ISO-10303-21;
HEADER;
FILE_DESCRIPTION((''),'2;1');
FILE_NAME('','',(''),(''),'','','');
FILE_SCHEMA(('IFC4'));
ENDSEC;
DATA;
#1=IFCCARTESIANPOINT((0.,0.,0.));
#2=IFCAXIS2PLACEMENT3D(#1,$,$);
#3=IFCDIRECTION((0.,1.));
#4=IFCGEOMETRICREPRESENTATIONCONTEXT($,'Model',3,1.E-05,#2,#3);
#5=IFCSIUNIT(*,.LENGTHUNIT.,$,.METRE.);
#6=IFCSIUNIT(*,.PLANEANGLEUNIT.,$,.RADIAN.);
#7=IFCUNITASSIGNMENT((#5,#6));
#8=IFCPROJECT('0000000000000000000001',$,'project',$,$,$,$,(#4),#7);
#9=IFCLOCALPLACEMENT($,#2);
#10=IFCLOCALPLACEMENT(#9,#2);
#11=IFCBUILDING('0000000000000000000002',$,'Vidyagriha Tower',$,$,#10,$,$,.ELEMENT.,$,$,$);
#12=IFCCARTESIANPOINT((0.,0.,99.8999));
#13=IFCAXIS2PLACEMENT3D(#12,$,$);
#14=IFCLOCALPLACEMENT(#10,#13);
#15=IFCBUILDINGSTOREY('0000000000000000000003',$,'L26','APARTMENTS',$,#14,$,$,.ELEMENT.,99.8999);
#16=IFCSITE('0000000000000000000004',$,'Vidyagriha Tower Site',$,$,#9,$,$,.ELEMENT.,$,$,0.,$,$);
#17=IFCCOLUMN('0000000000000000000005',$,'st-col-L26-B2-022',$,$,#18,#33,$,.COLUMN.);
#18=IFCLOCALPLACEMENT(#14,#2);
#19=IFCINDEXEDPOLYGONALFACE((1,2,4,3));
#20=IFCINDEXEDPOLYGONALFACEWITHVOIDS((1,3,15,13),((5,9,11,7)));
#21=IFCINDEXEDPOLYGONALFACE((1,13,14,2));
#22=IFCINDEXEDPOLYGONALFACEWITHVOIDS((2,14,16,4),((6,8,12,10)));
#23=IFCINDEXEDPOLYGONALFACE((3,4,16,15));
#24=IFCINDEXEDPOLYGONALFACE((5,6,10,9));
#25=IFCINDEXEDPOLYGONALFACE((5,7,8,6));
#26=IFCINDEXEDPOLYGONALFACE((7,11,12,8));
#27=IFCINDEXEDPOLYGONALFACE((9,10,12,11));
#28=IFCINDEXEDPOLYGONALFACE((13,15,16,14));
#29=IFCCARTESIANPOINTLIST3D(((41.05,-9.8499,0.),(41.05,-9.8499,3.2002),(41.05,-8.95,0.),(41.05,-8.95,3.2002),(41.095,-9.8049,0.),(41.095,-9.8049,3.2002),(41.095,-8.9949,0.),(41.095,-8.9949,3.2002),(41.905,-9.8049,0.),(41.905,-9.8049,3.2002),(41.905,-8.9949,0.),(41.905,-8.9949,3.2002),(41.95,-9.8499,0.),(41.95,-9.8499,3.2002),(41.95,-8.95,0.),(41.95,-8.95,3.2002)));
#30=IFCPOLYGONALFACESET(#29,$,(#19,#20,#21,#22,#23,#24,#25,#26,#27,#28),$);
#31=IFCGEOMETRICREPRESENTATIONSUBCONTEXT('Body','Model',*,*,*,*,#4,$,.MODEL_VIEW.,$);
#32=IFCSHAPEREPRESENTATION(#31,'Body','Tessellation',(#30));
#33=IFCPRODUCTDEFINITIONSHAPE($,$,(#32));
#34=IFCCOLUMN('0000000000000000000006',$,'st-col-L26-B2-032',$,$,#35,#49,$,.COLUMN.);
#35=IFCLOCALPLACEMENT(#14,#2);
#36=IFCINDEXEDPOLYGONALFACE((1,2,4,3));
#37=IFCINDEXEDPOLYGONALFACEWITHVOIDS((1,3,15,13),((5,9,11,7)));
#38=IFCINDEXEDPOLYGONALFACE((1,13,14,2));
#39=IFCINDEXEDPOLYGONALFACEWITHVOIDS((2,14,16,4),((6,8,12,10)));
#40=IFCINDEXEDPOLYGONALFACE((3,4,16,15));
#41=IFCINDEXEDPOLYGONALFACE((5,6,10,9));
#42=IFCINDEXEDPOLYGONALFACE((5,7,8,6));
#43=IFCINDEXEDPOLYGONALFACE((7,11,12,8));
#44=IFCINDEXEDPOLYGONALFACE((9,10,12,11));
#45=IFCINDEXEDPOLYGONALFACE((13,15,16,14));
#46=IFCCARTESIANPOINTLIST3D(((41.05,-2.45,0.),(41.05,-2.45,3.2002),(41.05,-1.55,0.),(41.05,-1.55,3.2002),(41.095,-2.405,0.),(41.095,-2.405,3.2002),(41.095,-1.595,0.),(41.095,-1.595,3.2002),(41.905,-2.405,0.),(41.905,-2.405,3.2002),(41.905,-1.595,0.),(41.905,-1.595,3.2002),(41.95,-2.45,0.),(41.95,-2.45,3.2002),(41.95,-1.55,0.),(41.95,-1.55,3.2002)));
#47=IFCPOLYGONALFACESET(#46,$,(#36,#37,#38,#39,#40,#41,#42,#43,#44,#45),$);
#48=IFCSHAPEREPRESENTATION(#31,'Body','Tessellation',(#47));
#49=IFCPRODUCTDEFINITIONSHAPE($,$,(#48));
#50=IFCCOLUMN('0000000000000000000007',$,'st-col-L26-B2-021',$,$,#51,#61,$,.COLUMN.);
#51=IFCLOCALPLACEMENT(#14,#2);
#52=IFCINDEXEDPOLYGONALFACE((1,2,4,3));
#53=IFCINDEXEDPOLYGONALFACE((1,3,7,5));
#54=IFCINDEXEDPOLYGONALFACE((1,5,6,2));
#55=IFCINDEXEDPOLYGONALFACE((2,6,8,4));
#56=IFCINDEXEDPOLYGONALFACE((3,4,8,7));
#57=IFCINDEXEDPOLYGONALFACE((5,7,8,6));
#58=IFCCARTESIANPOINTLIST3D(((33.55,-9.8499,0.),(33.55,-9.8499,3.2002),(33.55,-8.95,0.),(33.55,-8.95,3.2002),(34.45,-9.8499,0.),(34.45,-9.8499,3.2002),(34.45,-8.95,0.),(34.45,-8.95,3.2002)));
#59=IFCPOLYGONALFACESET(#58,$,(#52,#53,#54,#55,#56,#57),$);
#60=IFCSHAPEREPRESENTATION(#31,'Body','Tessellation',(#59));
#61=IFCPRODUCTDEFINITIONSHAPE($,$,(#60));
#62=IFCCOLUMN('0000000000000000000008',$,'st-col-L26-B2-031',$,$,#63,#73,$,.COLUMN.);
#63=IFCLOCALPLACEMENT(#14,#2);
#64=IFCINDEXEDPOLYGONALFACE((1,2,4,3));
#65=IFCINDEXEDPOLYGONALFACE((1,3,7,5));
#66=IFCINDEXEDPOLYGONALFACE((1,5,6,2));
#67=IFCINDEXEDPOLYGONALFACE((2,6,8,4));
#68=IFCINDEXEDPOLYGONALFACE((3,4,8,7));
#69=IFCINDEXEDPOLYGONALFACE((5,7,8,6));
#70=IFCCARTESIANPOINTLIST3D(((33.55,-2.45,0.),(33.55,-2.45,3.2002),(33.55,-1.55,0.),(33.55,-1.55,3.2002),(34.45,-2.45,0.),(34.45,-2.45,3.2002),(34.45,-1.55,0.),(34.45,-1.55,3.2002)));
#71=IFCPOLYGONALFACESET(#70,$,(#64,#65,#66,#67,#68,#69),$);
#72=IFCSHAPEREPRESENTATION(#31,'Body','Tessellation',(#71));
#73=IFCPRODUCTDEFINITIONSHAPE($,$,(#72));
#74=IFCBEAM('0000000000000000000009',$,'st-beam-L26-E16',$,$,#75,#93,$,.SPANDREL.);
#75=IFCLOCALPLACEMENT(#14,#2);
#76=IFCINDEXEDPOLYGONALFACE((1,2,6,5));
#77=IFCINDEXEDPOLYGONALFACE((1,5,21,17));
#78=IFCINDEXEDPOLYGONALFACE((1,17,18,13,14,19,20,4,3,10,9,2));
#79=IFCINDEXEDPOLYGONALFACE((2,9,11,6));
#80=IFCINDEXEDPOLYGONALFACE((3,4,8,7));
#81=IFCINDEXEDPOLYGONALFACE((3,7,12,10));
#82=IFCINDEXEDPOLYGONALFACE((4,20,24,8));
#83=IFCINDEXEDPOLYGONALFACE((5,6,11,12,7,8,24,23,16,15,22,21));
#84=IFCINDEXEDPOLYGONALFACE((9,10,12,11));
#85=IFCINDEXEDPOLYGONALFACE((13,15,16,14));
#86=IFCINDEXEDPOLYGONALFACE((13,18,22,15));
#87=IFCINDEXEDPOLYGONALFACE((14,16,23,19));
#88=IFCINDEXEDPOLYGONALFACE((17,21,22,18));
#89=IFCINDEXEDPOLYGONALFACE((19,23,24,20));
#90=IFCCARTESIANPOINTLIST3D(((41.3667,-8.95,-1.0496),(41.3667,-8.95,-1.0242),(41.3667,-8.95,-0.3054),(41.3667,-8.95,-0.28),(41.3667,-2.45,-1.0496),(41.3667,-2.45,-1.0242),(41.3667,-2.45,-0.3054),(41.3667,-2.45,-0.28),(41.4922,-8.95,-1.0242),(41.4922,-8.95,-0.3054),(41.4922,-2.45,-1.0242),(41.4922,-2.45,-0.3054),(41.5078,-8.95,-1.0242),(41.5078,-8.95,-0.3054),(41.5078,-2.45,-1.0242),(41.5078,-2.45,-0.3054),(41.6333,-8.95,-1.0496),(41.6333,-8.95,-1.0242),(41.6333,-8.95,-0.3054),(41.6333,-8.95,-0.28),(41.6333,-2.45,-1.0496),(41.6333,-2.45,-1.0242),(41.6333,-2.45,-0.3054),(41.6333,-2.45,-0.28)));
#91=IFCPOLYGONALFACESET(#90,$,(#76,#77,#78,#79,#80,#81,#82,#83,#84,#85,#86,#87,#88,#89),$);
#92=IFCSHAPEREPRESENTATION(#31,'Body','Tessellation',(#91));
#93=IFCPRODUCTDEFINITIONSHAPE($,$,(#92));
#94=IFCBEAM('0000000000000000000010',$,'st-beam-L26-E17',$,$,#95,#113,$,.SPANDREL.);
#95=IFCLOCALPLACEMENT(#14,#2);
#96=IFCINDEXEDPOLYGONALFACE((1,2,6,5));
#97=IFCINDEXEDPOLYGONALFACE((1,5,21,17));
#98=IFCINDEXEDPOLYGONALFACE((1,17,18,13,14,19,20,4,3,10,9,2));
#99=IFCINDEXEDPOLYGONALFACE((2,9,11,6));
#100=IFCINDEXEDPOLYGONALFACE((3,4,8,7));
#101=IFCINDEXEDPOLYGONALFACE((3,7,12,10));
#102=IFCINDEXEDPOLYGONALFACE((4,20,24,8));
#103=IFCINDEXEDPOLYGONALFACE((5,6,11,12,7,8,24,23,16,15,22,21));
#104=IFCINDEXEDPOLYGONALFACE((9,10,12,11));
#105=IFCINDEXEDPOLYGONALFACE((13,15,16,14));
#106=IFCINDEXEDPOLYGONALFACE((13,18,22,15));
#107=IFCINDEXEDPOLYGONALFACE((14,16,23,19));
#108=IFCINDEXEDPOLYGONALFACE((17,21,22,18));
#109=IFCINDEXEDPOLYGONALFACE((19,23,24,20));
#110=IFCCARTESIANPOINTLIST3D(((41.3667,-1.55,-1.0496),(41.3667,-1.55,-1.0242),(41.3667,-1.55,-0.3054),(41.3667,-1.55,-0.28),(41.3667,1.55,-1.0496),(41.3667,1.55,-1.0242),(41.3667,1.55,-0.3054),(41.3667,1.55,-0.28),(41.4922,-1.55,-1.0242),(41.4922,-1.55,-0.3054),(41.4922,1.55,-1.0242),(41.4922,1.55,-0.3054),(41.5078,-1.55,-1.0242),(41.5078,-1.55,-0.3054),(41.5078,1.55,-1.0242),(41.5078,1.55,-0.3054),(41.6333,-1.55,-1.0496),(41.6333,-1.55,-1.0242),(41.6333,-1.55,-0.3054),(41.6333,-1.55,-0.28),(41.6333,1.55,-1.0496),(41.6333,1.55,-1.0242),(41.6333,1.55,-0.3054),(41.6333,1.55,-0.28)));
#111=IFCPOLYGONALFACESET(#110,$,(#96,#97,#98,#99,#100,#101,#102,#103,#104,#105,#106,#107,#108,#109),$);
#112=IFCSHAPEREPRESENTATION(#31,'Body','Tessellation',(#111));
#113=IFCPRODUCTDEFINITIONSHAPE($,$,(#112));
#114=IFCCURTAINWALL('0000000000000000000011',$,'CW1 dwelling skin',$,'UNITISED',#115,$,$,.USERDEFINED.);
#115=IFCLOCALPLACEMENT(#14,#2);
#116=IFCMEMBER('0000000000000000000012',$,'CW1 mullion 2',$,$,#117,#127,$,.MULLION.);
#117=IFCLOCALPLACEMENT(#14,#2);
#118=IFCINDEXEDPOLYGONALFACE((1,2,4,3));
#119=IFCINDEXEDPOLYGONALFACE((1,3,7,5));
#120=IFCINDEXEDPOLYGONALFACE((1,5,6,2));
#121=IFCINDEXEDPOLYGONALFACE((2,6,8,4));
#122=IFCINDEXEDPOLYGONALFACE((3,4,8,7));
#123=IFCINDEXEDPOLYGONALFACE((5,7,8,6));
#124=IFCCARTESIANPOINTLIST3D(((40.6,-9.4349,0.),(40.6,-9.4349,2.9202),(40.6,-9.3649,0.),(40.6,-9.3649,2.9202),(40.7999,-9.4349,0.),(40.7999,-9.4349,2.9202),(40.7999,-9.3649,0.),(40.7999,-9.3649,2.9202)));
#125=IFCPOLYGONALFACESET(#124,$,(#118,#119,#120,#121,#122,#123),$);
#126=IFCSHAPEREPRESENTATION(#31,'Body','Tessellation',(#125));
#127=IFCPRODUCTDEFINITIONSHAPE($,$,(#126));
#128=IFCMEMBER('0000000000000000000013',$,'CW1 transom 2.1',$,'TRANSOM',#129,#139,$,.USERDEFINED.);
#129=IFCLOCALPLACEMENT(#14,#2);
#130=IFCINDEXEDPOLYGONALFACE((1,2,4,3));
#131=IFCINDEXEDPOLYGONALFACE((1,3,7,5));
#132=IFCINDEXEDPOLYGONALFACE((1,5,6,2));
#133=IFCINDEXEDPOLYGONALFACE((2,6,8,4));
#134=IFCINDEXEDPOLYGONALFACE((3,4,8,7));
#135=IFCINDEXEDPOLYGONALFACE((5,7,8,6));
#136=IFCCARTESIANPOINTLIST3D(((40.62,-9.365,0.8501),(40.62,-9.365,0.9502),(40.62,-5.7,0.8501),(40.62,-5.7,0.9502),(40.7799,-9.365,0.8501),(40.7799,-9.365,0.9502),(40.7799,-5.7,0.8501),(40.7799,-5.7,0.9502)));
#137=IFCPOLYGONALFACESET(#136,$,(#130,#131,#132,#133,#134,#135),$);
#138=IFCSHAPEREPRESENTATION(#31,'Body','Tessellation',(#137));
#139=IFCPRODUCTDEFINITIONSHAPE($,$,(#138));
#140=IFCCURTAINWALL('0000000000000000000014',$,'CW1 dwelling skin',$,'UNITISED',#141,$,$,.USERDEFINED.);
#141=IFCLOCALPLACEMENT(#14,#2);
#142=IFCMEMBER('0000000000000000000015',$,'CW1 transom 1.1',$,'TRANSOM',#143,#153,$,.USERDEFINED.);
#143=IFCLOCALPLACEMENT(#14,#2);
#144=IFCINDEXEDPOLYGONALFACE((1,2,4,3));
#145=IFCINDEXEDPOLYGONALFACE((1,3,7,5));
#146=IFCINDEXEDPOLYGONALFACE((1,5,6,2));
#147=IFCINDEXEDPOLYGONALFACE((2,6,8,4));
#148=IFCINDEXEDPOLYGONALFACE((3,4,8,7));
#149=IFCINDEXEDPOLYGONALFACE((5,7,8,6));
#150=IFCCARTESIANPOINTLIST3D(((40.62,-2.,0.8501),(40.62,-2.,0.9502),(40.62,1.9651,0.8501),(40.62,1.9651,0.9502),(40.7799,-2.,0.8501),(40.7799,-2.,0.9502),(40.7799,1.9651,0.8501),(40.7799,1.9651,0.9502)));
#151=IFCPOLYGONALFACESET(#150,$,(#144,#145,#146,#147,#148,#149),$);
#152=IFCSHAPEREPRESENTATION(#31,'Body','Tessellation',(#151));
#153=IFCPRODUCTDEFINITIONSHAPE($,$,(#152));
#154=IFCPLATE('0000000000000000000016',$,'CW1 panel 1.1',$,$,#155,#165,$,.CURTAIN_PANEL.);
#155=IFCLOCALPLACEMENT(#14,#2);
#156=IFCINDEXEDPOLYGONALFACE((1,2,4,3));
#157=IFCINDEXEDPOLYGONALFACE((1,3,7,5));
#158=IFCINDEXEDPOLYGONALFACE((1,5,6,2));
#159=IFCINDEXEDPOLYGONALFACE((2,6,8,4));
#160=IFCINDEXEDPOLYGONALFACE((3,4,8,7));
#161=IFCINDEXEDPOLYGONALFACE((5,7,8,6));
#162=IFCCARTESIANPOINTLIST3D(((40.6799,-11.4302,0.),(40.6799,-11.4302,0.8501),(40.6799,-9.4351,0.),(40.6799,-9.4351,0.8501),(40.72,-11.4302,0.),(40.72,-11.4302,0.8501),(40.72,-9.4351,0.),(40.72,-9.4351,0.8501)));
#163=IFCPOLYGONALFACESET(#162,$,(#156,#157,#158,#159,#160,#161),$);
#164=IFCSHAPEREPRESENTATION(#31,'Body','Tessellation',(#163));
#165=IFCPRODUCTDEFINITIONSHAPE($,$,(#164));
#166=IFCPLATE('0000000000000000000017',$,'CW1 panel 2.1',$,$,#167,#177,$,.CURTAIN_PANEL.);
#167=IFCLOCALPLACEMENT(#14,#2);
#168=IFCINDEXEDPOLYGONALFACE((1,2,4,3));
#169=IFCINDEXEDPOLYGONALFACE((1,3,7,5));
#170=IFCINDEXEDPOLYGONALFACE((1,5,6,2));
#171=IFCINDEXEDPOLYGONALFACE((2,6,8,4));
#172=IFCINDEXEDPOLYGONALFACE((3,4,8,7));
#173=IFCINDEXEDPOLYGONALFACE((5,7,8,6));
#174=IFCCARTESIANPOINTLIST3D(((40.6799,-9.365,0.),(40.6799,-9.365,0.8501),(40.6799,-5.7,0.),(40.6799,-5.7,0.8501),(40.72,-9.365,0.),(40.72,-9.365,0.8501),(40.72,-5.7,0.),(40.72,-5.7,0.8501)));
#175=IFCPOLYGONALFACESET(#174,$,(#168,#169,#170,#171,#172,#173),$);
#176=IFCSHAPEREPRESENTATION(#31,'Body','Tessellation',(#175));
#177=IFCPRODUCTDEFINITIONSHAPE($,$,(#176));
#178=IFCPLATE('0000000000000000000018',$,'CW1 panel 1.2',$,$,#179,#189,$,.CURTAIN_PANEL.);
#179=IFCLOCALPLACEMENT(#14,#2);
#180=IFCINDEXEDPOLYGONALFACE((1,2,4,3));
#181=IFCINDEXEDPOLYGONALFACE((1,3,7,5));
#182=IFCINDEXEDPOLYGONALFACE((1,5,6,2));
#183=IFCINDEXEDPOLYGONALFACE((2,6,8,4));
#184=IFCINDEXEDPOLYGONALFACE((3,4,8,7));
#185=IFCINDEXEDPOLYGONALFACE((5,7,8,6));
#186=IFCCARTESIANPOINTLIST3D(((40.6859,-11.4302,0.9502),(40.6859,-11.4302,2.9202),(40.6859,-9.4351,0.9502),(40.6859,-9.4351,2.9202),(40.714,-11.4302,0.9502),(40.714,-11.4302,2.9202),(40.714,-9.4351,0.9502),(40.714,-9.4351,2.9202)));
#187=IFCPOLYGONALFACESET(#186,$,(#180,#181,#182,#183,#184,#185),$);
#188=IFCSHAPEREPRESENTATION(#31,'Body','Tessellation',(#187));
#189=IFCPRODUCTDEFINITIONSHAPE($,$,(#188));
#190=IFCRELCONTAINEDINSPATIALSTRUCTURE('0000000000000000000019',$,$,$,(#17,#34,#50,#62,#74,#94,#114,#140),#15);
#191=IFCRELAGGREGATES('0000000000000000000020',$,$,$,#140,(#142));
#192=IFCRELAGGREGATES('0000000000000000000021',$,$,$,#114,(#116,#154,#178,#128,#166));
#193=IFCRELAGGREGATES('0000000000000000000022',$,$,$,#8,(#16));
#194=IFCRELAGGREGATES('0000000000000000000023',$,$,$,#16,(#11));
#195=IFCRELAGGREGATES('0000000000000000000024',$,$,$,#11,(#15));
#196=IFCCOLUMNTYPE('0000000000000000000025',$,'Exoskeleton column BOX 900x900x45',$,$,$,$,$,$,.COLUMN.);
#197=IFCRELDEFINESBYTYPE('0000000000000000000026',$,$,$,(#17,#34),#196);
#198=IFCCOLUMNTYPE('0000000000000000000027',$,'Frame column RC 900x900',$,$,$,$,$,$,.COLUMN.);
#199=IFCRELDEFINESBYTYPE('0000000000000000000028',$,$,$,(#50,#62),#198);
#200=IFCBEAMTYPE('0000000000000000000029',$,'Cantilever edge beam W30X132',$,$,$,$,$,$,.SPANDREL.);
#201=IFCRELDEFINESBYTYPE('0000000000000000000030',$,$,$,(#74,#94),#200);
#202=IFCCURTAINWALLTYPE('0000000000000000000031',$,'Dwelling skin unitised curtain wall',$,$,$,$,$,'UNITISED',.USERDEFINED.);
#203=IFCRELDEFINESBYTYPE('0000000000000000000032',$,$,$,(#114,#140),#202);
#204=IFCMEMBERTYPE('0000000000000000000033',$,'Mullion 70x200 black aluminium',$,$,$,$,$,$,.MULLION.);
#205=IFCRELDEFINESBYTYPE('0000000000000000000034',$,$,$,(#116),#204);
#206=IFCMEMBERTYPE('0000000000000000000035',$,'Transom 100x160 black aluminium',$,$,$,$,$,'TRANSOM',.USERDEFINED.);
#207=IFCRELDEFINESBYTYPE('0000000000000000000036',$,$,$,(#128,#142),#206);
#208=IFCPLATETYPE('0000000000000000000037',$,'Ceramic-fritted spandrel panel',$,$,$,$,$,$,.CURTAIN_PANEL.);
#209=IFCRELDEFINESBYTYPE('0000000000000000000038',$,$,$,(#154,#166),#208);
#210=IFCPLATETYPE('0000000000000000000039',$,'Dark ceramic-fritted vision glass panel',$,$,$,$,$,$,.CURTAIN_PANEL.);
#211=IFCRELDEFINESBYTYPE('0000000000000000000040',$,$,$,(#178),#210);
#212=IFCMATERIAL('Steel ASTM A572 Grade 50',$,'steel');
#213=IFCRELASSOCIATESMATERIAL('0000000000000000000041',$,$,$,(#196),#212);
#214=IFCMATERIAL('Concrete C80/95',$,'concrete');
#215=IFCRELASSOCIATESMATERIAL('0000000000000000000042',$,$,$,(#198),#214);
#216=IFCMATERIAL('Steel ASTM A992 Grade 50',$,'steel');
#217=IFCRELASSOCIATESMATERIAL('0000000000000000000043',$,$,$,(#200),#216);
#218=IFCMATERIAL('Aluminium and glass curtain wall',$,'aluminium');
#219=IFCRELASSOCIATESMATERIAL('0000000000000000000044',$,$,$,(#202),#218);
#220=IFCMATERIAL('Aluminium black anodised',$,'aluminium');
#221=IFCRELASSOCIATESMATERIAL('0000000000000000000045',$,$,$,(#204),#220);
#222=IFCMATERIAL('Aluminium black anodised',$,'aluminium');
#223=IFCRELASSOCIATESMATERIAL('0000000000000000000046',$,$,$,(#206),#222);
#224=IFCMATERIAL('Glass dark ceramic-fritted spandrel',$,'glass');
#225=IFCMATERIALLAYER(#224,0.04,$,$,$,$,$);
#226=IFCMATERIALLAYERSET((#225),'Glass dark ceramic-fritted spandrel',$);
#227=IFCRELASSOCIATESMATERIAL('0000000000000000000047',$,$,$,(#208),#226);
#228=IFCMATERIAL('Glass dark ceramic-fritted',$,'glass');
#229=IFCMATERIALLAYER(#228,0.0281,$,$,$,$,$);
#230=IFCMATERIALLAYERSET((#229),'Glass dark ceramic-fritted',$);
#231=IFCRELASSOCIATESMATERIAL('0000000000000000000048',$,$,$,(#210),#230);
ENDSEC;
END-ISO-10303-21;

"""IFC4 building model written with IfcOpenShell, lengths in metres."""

from ifc_helpers import new_model, si_unit, direction, frame, origin, origin_2d, place, context, subcontext, project, spatial, rectangle, hollow_rectangle, i_section, extrude, material, layer, layer_set, material_profile, profile_set, type_object, element, aggregate, save


model = new_model("IFC4")

# Units and contexts
model_context = context("Model", 3, precision=1e-05, world=origin(), true_north=direction((0.0, 1.0)))
body_context = subcontext(model_context, "Body", "Model", "MODEL_VIEW")
ifc_project = project(units=[si_unit("LENGTHUNIT", "METRE"), si_unit("PLANEANGLEUNIT", "RADIAN")], contexts=[model_context])

# Site, building, storey
site_placement = place(None, origin())
site = spatial("IfcSite", under=ifc_project, at=site_placement, Name="Vidyagriha Tower Site", CompositionType="ELEMENT", RefElevation=0.0)
building_placement = place(site_placement, origin())
building = spatial("IfcBuilding", under=site, at=building_placement, Name="Vidyagriha Tower", CompositionType="ELEMENT")
storey_placement = place(building_placement, frame((0.0, 0.0, 99.8999)))
storey = spatial("IfcBuildingStorey", under=building, at=storey_placement, Name="L26", Description="APARTMENTS", CompositionType="ELEMENT", Elevation=99.8999)

# Columns
ifc_material_1 = material(Name="Steel ASTM A572 Grade 50", Category="steel")
ifc_material_profile_1 = material_profile(ifc_material_1, hollow_rectangle(XDim=0.8999, YDim=0.8999, WallThickness=0.0449, at=origin_2d()), Name="BOX 900x900x45")
ifc_profile_set_1 = profile_set([ifc_material_profile_1], Name="Steel ASTM A572 Grade 50")
column_type_1 = type_object("IfcColumnType", Name="Exoskeleton column BOX 900x900x45", PredefinedType="COLUMN", material=ifc_profile_set_1)
for number, where, name in (
    (1, (41.5, -9.3999, 0.0), "st-col-L26-B2-022"),
    (2, (41.5, -2.0, 0.0), "st-col-L26-B2-032"),
):
    element("IfcColumn", number, at=place(storey_placement, frame(where)), inside=storey, type_object=column_type_1, Name=name, PredefinedType="COLUMN", context=body_context, shape_type="SweptSolid", body=[
        extrude(hollow_rectangle(XDim=0.8999, YDim=0.8999, WallThickness=0.0449, at=origin_2d()), origin(), (0.0, 0.0, 1.0), 3.2002),
    ])
ifc_material_2 = material(Name="Concrete C80/95", Category="concrete")
ifc_material_profile_2 = material_profile(ifc_material_2, rectangle(XDim=0.8999, YDim=0.8999, at=origin_2d()), Name="RC 900x900")
ifc_profile_set_2 = profile_set([ifc_material_profile_2], Name="Concrete C80/95")
column_type_2 = type_object("IfcColumnType", Name="Frame column RC 900x900", PredefinedType="COLUMN", material=ifc_profile_set_2)
for number, where, name in (
    (3, (34.0, -9.3999, 0.0), "st-col-L26-B2-021"),
    (4, (34.0, -2.0, 0.0), "st-col-L26-B2-031"),
):
    element("IfcColumn", number, at=place(storey_placement, frame(where)), inside=storey, type_object=column_type_2, Name=name, PredefinedType="COLUMN", context=body_context, shape_type="SweptSolid", body=[
        extrude(rectangle(XDim=0.8999, YDim=0.8999, at=origin_2d()), origin(), (0.0, 0.0, 1.0), 3.2002),
    ])

# Beams
ifc_material_3 = material(Name="Steel ASTM A992 Grade 50", Category="steel")
ifc_material_profile_3 = material_profile(ifc_material_3, i_section(OverallWidth=0.2666, OverallDepth=0.7695, WebThickness=0.0156, FlangeThickness=0.0254, at=origin_2d()), Name="W30X132")
ifc_profile_set_3 = profile_set([ifc_material_profile_3], Name="Steel ASTM A992 Grade 50")
beam_type = type_object("IfcBeamType", Name="Cantilever edge beam W30X132", PredefinedType="SPANDREL", material=ifc_profile_set_3)
beam_1_placement = place(storey_placement, frame((41.5, -8.95, -0.6648), z_axis=(0.0, 1.0, 0.0), x_axis=(-1.0, 0.0, 0.0)))
element("IfcBeam", 5, at=beam_1_placement, inside=storey, type_object=beam_type, Name="st-beam-L26-E16", PredefinedType="SPANDREL", context=body_context, shape_type="SweptSolid", body=[
    extrude(i_section(OverallWidth=0.2666, OverallDepth=0.7695, WebThickness=0.0156, FlangeThickness=0.0254, at=origin_2d()), origin(), (0.0, 0.0, 1.0), 6.5),
])
beam_2_placement = place(storey_placement, frame((41.5, -1.55, -0.6648), z_axis=(0.0, 1.0, 0.0), x_axis=(-1.0, 0.0, 0.0)))
element("IfcBeam", 6, at=beam_2_placement, inside=storey, type_object=beam_type, Name="st-beam-L26-E17", PredefinedType="SPANDREL", context=body_context, shape_type="SweptSolid", body=[
    extrude(i_section(OverallWidth=0.2666, OverallDepth=0.7695, WebThickness=0.0156, FlangeThickness=0.0254, at=origin_2d()), origin(), (0.0, 0.0, 1.0), 3.1001),
])

# Curtain wall, members
ifc_material_4 = material(Name="Aluminium and glass curtain wall", Category="aluminium")
curtain_wall_type = type_object("IfcCurtainWallType", Name="Dwelling skin unitised curtain wall", ElementType="UNITISED", PredefinedType="USERDEFINED", material=ifc_material_4)
curtain_wall_1_placement = place(storey_placement, origin())
curtain_wall_1 = element("IfcCurtainWall", 7, at=curtain_wall_1_placement, inside=storey, type_object=curtain_wall_type, Name="CW1 dwelling skin", ObjectType="UNITISED", PredefinedType="USERDEFINED")
ifc_material_5 = material(Name="Aluminium black anodised", Category="aluminium")
ifc_material_profile_4 = material_profile(ifc_material_5, rectangle(XDim=0.2, YDim=0.0701, at=origin_2d()), Name="Mullion 70x200 black aluminium")
ifc_profile_set_4 = profile_set([ifc_material_profile_4], Name="Aluminium black anodised")
member_type_1 = type_object("IfcMemberType", Name="Mullion 70x200 black aluminium", PredefinedType="MULLION", material=ifc_profile_set_4)
member_1_placement = place(storey_placement, frame((40.7, -9.3999, 0.0), z_axis=(0.0, 0.0, 1.0), x_axis=(-1.0, 0.0, 0.0)))
member_1 = element("IfcMember", 8, at=member_1_placement, type_object=member_type_1, Name="CW1 mullion 2", PredefinedType="MULLION", context=body_context, shape_type="SweptSolid", body=[
    extrude(rectangle(XDim=0.2, YDim=0.0701, at=origin_2d()), origin(), (0.0, 0.0, 1.0), 2.9202),
])
ifc_material_6 = material(Name="Aluminium black anodised", Category="aluminium")
ifc_material_profile_5 = material_profile(ifc_material_6, rectangle(XDim=0.1599, YDim=0.1001, at=origin_2d()), Name="Transom 100x160 black aluminium")
ifc_profile_set_5 = profile_set([ifc_material_profile_5], Name="Aluminium black anodised")
member_type_2 = type_object("IfcMemberType", Name="Transom 100x160 black aluminium", ElementType="TRANSOM", PredefinedType="USERDEFINED", material=ifc_profile_set_5)
member_2_placement = place(storey_placement, frame((40.7, -9.365, 0.9001), z_axis=(0.0, 1.0, 0.0), x_axis=(-1.0, 0.0, 0.0)))
member_2 = element("IfcMember", 9, at=member_2_placement, type_object=member_type_2, Name="CW1 transom 2.1", ObjectType="TRANSOM", PredefinedType="USERDEFINED", context=body_context, shape_type="SweptSolid", body=[
    extrude(rectangle(XDim=0.1599, YDim=0.1001, at=origin_2d()), origin(), (0.0, 0.0, 1.0), 3.665),
])

# Curtain wall, member
curtain_wall_2_placement = place(storey_placement, origin())
curtain_wall_2 = element("IfcCurtainWall", 10, at=curtain_wall_2_placement, inside=storey, type_object=curtain_wall_type, Name="CW1 dwelling skin", ObjectType="UNITISED", PredefinedType="USERDEFINED")
member_3_placement = place(storey_placement, frame((40.7, -2.0, 0.9001), z_axis=(0.0, 1.0, 0.0), x_axis=(-1.0, 0.0, 0.0)))
member_3 = element("IfcMember", 11, at=member_3_placement, type_object=member_type_2, Name="CW1 transom 1.1", ObjectType="TRANSOM", PredefinedType="USERDEFINED", context=body_context, shape_type="SweptSolid", body=[
    extrude(rectangle(XDim=0.1599, YDim=0.1001, at=origin_2d()), origin(), (0.0, 0.0, 1.0), 3.9651),
])
aggregate(curtain_wall_2, [member_3])

# Plates
ifc_material_7 = material(Name="Glass dark ceramic-fritted spandrel", Category="glass")
ifc_layer_1 = layer(ifc_material_7, 0.04)
ifc_layer_set_1 = layer_set([ifc_layer_1], Name="Glass dark ceramic-fritted spandrel")
plate_type_1 = type_object("IfcPlateType", Name="Ceramic-fritted spandrel panel", PredefinedType="CURTAIN_PANEL", material=ifc_layer_set_1)
plate_1_placement = place(storey_placement, frame((40.7, -10.4326, 0.0), z_axis=(0.0, 0.0, 1.0), x_axis=(0.0, 1.0, 0.0)))
plate_1 = element("IfcPlate", 12, at=plate_1_placement, type_object=plate_type_1, Name="CW1 panel 1.1", PredefinedType="CURTAIN_PANEL", context=body_context, shape_type="SweptSolid", body=[
    extrude(rectangle(XDim=1.9951, YDim=0.04, at=origin_2d()), origin(), (0.0, 0.0, 1.0), 0.8501),
])
plate_2_placement = place(storey_placement, frame((40.7, -7.5325, 0.0), z_axis=(0.0, 0.0, 1.0), x_axis=(0.0, 1.0, 0.0)))
plate_2 = element("IfcPlate", 13, at=plate_2_placement, type_object=plate_type_1, Name="CW1 panel 2.1", PredefinedType="CURTAIN_PANEL", context=body_context, shape_type="SweptSolid", body=[
    extrude(rectangle(XDim=3.665, YDim=0.04, at=origin_2d()), origin(), (0.0, 0.0, 1.0), 0.8501),
])
ifc_material_8 = material(Name="Glass dark ceramic-fritted", Category="glass")
ifc_layer_2 = layer(ifc_material_8, 0.0281)
ifc_layer_set_2 = layer_set([ifc_layer_2], Name="Glass dark ceramic-fritted")
plate_type_2 = type_object("IfcPlateType", Name="Dark ceramic-fritted vision glass panel", PredefinedType="CURTAIN_PANEL", material=ifc_layer_set_2)
plate_3_placement = place(storey_placement, frame((40.7, -10.4326, 0.9502), z_axis=(0.0, 0.0, 1.0), x_axis=(0.0, 1.0, 0.0)))
plate_3 = element("IfcPlate", 14, at=plate_3_placement, type_object=plate_type_2, Name="CW1 panel 1.2", PredefinedType="CURTAIN_PANEL", context=body_context, shape_type="SweptSolid", body=[
    extrude(rectangle(XDim=1.9951, YDim=0.0281, at=origin_2d()), origin(), (0.0, 0.0, 1.0), 1.97),
])
aggregate(curtain_wall_1, [member_1, plate_1, plate_3, member_2, plate_2])

save(model, "model.ifc")
